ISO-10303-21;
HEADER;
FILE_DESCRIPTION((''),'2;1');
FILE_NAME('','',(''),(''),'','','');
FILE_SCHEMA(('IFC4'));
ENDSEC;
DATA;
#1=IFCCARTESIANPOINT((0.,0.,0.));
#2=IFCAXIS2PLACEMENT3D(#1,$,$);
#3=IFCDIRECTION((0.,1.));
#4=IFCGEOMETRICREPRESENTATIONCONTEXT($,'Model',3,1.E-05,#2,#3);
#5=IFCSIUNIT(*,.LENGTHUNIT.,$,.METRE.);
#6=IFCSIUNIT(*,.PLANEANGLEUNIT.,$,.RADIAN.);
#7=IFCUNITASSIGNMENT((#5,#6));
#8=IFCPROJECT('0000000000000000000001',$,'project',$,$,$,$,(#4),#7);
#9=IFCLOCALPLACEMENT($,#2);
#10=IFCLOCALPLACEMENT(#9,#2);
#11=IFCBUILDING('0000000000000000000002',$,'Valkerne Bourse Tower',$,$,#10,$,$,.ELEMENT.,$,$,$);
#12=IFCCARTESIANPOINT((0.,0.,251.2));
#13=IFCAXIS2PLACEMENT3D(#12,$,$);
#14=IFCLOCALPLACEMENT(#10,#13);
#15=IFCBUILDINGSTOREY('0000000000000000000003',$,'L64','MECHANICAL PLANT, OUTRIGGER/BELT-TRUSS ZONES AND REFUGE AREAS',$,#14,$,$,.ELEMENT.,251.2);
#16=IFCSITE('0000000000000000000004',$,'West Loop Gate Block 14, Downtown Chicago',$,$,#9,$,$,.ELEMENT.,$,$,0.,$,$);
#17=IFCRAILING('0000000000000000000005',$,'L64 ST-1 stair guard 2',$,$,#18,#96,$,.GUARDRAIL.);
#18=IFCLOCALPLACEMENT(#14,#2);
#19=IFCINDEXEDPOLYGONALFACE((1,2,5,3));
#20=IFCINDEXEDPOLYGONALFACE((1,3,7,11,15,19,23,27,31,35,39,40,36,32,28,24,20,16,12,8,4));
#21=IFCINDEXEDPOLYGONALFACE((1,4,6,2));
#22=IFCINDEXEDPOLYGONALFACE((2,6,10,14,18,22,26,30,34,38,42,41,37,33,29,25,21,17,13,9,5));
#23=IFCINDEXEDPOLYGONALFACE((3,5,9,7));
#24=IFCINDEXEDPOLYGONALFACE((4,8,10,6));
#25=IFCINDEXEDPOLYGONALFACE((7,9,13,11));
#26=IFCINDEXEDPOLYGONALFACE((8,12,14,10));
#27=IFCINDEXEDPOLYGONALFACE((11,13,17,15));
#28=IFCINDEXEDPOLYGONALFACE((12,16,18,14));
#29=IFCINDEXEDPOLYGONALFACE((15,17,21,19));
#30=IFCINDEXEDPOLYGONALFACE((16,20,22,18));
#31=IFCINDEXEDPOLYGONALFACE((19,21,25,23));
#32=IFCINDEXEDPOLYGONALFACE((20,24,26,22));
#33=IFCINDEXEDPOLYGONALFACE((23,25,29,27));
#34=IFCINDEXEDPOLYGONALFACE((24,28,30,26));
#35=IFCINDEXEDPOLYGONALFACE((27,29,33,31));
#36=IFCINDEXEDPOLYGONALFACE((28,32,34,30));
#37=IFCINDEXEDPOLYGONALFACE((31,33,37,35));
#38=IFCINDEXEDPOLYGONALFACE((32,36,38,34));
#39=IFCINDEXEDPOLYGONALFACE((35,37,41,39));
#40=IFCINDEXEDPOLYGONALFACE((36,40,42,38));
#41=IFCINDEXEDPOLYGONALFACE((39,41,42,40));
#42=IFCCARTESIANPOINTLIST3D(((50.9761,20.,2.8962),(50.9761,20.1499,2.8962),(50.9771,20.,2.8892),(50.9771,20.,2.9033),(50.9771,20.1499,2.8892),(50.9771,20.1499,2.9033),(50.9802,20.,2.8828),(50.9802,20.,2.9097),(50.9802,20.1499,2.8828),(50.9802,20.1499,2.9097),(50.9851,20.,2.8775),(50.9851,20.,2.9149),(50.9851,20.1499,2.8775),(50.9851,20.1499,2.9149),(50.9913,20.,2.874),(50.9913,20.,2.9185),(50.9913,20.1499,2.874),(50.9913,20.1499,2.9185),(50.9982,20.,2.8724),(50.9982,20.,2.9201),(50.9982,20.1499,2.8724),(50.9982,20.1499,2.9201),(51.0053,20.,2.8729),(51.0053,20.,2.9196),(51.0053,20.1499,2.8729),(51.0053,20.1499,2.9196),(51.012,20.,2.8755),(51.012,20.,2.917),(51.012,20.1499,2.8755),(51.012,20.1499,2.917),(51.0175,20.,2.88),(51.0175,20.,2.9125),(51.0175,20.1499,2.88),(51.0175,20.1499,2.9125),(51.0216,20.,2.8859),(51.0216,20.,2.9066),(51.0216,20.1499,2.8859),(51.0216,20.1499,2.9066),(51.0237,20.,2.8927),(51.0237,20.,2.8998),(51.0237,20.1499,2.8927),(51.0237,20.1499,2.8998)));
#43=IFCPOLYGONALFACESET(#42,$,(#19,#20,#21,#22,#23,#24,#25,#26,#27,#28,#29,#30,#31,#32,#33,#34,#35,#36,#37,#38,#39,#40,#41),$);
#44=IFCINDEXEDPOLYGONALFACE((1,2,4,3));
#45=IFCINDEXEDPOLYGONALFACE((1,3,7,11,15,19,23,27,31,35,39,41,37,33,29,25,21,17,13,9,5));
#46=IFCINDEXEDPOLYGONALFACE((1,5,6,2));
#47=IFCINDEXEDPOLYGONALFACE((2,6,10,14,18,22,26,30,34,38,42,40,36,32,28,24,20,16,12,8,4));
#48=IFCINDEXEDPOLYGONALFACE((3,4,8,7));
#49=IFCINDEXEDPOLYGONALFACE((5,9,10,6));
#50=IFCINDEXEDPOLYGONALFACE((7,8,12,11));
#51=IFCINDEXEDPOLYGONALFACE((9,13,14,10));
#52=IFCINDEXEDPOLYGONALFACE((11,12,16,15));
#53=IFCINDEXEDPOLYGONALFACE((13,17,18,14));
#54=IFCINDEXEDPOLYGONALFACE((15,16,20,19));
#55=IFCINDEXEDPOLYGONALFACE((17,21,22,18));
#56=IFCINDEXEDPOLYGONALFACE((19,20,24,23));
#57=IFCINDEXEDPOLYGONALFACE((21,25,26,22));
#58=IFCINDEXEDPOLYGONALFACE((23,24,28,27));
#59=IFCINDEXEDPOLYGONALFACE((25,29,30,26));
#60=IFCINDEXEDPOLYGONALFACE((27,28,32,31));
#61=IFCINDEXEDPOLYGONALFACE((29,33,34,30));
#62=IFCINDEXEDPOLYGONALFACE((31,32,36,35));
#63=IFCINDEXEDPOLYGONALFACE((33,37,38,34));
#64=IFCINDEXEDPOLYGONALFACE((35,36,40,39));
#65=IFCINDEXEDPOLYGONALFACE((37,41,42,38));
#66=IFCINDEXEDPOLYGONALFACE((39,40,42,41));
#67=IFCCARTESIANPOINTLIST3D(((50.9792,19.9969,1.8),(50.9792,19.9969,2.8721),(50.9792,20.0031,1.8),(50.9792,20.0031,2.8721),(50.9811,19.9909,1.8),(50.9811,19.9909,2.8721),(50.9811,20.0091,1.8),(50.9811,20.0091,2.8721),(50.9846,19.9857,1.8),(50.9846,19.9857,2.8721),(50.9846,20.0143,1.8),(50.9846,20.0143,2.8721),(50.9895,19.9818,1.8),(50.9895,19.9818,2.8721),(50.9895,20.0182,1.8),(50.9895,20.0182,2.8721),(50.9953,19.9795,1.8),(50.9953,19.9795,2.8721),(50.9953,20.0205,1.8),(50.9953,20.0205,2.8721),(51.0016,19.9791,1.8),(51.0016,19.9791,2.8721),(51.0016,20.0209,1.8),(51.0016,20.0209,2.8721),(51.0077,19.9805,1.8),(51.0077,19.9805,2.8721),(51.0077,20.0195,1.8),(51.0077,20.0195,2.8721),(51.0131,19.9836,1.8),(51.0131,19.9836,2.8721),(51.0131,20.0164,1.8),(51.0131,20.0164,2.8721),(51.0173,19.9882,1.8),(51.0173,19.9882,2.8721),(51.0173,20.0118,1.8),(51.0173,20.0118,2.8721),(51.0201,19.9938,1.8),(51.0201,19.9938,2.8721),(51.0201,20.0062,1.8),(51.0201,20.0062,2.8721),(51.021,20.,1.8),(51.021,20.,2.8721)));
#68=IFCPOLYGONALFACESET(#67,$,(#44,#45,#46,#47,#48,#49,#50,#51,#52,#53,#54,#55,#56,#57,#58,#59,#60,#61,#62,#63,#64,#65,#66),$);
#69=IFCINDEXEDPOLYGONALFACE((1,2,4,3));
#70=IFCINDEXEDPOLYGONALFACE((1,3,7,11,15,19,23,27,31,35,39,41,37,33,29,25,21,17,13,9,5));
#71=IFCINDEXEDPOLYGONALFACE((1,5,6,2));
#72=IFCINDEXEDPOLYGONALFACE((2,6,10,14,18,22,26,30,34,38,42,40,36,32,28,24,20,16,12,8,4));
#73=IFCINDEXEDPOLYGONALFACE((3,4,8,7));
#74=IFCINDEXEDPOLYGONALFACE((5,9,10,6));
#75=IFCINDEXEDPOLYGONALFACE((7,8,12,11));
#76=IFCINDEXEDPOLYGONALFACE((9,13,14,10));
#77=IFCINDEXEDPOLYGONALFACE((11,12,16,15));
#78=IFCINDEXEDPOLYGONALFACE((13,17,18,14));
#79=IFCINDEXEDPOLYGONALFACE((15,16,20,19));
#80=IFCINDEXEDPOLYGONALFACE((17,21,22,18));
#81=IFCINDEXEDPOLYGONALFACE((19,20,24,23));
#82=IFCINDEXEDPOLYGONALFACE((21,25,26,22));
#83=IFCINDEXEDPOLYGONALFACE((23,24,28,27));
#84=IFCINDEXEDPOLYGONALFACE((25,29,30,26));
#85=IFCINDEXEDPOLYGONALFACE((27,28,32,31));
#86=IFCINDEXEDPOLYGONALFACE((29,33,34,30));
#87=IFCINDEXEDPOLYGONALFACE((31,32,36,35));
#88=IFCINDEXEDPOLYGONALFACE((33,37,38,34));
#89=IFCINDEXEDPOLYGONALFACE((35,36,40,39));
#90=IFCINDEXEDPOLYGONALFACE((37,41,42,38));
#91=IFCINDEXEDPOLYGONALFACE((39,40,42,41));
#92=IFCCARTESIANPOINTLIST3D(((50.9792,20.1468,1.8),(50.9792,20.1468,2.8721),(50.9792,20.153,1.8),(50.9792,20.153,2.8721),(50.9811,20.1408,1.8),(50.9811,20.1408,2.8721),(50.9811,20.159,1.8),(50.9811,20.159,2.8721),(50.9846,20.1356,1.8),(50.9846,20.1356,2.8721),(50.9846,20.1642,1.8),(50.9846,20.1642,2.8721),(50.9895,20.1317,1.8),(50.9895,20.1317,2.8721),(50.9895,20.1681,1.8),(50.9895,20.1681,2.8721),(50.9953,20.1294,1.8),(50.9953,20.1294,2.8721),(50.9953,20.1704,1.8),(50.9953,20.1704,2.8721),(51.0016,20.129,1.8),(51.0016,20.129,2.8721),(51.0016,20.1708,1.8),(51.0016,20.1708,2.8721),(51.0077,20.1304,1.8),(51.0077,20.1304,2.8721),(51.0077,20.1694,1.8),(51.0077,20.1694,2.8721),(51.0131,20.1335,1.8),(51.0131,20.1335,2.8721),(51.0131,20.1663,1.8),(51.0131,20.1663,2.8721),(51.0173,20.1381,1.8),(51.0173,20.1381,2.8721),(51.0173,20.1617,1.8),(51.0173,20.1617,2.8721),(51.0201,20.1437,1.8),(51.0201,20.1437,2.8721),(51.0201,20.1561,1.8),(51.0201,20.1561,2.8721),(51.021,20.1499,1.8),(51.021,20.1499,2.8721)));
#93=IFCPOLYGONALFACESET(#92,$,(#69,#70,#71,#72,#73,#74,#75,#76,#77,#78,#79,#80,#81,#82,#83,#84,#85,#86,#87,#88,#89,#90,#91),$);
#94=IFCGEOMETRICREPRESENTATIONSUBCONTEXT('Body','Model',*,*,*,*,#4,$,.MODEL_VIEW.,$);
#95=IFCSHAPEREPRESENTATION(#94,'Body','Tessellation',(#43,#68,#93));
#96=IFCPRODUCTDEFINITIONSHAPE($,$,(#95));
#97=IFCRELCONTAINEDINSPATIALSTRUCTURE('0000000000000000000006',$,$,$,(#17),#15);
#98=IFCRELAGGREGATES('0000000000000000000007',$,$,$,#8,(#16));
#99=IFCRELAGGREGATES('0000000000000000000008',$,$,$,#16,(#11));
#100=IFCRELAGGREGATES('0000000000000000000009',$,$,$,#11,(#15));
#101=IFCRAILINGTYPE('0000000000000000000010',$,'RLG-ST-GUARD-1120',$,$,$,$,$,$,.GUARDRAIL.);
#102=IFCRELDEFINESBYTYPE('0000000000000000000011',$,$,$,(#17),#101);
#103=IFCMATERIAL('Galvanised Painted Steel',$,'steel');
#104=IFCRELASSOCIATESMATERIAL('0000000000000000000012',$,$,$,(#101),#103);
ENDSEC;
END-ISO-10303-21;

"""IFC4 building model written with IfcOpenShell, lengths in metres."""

from ifc_helpers import new_model, si_unit, direction, frame, origin, origin_2d, place, context, subcontext, project, spatial, circle, extrude, material, type_object, element, save


model = new_model("IFC4")

# Units and contexts
model_context = context("Model", 3, precision=1e-05, world=origin(), true_north=direction((0.0, 1.0)))
body_context = subcontext(model_context, "Body", "Model", "MODEL_VIEW")
ifc_project = project(units=[si_unit("LENGTHUNIT", "METRE"), si_unit("PLANEANGLEUNIT", "RADIAN")], contexts=[model_context])

# Site, building, storey
site_placement = place(None, origin())
site = spatial("IfcSite", under=ifc_project, at=site_placement, Name="West Loop Gate Block 14, Downtown Chicago", CompositionType="ELEMENT", RefElevation=0.0)
building_placement = place(site_placement, origin())
building = spatial("IfcBuilding", under=site, at=building_placement, Name="Valkerne Bourse Tower", CompositionType="ELEMENT")
storey_placement = place(building_placement, frame((0.0, 0.0, 251.2)))
storey = spatial("IfcBuildingStorey", under=building, at=storey_placement, Name="L64", Description="MECHANICAL PLANT, OUTRIGGER/BELT-TRUSS ZONES AND REFUGE AREAS", CompositionType="ELEMENT", Elevation=251.2)

# Shared definitions
ifc_material_1 = material(Name="Galvanised Painted Steel", Category="steel")

# Railing
railing_type_1 = type_object("IfcRailingType", Name="RLG-ST-GUARD-1120", PredefinedType="GUARDRAIL", material=ifc_material_1)
railing_1_placement = place(storey_placement, frame((51.0, 20.0, 1.8)))
element("IfcRailing", 1, at=railing_1_placement, inside=storey, type_object=railing_type_1, Name="L64 ST-1 stair guard 2", PredefinedType="GUARDRAIL", context=body_context, shape_type="SweptSolid", body=[
    extrude(circle(Radius=0.0239, at=origin_2d()), frame((0.0, 0.0, 1.0962), z_axis=(0.0, 1.0, 0.0), x_axis=(-1.0, 0.0, 0.0)), (0.0, 0.0, 1.0), 0.1499),
    extrude(circle(Radius=0.021, at=origin_2d()), origin(), (0.0, 0.0, 1.0), 1.072),
    extrude(circle(Radius=0.021, at=origin_2d()), frame((0.0, 0.1499, 0.0)), (0.0, 0.0, 1.0), 1.072),
])

save(model, "model.ifc")
